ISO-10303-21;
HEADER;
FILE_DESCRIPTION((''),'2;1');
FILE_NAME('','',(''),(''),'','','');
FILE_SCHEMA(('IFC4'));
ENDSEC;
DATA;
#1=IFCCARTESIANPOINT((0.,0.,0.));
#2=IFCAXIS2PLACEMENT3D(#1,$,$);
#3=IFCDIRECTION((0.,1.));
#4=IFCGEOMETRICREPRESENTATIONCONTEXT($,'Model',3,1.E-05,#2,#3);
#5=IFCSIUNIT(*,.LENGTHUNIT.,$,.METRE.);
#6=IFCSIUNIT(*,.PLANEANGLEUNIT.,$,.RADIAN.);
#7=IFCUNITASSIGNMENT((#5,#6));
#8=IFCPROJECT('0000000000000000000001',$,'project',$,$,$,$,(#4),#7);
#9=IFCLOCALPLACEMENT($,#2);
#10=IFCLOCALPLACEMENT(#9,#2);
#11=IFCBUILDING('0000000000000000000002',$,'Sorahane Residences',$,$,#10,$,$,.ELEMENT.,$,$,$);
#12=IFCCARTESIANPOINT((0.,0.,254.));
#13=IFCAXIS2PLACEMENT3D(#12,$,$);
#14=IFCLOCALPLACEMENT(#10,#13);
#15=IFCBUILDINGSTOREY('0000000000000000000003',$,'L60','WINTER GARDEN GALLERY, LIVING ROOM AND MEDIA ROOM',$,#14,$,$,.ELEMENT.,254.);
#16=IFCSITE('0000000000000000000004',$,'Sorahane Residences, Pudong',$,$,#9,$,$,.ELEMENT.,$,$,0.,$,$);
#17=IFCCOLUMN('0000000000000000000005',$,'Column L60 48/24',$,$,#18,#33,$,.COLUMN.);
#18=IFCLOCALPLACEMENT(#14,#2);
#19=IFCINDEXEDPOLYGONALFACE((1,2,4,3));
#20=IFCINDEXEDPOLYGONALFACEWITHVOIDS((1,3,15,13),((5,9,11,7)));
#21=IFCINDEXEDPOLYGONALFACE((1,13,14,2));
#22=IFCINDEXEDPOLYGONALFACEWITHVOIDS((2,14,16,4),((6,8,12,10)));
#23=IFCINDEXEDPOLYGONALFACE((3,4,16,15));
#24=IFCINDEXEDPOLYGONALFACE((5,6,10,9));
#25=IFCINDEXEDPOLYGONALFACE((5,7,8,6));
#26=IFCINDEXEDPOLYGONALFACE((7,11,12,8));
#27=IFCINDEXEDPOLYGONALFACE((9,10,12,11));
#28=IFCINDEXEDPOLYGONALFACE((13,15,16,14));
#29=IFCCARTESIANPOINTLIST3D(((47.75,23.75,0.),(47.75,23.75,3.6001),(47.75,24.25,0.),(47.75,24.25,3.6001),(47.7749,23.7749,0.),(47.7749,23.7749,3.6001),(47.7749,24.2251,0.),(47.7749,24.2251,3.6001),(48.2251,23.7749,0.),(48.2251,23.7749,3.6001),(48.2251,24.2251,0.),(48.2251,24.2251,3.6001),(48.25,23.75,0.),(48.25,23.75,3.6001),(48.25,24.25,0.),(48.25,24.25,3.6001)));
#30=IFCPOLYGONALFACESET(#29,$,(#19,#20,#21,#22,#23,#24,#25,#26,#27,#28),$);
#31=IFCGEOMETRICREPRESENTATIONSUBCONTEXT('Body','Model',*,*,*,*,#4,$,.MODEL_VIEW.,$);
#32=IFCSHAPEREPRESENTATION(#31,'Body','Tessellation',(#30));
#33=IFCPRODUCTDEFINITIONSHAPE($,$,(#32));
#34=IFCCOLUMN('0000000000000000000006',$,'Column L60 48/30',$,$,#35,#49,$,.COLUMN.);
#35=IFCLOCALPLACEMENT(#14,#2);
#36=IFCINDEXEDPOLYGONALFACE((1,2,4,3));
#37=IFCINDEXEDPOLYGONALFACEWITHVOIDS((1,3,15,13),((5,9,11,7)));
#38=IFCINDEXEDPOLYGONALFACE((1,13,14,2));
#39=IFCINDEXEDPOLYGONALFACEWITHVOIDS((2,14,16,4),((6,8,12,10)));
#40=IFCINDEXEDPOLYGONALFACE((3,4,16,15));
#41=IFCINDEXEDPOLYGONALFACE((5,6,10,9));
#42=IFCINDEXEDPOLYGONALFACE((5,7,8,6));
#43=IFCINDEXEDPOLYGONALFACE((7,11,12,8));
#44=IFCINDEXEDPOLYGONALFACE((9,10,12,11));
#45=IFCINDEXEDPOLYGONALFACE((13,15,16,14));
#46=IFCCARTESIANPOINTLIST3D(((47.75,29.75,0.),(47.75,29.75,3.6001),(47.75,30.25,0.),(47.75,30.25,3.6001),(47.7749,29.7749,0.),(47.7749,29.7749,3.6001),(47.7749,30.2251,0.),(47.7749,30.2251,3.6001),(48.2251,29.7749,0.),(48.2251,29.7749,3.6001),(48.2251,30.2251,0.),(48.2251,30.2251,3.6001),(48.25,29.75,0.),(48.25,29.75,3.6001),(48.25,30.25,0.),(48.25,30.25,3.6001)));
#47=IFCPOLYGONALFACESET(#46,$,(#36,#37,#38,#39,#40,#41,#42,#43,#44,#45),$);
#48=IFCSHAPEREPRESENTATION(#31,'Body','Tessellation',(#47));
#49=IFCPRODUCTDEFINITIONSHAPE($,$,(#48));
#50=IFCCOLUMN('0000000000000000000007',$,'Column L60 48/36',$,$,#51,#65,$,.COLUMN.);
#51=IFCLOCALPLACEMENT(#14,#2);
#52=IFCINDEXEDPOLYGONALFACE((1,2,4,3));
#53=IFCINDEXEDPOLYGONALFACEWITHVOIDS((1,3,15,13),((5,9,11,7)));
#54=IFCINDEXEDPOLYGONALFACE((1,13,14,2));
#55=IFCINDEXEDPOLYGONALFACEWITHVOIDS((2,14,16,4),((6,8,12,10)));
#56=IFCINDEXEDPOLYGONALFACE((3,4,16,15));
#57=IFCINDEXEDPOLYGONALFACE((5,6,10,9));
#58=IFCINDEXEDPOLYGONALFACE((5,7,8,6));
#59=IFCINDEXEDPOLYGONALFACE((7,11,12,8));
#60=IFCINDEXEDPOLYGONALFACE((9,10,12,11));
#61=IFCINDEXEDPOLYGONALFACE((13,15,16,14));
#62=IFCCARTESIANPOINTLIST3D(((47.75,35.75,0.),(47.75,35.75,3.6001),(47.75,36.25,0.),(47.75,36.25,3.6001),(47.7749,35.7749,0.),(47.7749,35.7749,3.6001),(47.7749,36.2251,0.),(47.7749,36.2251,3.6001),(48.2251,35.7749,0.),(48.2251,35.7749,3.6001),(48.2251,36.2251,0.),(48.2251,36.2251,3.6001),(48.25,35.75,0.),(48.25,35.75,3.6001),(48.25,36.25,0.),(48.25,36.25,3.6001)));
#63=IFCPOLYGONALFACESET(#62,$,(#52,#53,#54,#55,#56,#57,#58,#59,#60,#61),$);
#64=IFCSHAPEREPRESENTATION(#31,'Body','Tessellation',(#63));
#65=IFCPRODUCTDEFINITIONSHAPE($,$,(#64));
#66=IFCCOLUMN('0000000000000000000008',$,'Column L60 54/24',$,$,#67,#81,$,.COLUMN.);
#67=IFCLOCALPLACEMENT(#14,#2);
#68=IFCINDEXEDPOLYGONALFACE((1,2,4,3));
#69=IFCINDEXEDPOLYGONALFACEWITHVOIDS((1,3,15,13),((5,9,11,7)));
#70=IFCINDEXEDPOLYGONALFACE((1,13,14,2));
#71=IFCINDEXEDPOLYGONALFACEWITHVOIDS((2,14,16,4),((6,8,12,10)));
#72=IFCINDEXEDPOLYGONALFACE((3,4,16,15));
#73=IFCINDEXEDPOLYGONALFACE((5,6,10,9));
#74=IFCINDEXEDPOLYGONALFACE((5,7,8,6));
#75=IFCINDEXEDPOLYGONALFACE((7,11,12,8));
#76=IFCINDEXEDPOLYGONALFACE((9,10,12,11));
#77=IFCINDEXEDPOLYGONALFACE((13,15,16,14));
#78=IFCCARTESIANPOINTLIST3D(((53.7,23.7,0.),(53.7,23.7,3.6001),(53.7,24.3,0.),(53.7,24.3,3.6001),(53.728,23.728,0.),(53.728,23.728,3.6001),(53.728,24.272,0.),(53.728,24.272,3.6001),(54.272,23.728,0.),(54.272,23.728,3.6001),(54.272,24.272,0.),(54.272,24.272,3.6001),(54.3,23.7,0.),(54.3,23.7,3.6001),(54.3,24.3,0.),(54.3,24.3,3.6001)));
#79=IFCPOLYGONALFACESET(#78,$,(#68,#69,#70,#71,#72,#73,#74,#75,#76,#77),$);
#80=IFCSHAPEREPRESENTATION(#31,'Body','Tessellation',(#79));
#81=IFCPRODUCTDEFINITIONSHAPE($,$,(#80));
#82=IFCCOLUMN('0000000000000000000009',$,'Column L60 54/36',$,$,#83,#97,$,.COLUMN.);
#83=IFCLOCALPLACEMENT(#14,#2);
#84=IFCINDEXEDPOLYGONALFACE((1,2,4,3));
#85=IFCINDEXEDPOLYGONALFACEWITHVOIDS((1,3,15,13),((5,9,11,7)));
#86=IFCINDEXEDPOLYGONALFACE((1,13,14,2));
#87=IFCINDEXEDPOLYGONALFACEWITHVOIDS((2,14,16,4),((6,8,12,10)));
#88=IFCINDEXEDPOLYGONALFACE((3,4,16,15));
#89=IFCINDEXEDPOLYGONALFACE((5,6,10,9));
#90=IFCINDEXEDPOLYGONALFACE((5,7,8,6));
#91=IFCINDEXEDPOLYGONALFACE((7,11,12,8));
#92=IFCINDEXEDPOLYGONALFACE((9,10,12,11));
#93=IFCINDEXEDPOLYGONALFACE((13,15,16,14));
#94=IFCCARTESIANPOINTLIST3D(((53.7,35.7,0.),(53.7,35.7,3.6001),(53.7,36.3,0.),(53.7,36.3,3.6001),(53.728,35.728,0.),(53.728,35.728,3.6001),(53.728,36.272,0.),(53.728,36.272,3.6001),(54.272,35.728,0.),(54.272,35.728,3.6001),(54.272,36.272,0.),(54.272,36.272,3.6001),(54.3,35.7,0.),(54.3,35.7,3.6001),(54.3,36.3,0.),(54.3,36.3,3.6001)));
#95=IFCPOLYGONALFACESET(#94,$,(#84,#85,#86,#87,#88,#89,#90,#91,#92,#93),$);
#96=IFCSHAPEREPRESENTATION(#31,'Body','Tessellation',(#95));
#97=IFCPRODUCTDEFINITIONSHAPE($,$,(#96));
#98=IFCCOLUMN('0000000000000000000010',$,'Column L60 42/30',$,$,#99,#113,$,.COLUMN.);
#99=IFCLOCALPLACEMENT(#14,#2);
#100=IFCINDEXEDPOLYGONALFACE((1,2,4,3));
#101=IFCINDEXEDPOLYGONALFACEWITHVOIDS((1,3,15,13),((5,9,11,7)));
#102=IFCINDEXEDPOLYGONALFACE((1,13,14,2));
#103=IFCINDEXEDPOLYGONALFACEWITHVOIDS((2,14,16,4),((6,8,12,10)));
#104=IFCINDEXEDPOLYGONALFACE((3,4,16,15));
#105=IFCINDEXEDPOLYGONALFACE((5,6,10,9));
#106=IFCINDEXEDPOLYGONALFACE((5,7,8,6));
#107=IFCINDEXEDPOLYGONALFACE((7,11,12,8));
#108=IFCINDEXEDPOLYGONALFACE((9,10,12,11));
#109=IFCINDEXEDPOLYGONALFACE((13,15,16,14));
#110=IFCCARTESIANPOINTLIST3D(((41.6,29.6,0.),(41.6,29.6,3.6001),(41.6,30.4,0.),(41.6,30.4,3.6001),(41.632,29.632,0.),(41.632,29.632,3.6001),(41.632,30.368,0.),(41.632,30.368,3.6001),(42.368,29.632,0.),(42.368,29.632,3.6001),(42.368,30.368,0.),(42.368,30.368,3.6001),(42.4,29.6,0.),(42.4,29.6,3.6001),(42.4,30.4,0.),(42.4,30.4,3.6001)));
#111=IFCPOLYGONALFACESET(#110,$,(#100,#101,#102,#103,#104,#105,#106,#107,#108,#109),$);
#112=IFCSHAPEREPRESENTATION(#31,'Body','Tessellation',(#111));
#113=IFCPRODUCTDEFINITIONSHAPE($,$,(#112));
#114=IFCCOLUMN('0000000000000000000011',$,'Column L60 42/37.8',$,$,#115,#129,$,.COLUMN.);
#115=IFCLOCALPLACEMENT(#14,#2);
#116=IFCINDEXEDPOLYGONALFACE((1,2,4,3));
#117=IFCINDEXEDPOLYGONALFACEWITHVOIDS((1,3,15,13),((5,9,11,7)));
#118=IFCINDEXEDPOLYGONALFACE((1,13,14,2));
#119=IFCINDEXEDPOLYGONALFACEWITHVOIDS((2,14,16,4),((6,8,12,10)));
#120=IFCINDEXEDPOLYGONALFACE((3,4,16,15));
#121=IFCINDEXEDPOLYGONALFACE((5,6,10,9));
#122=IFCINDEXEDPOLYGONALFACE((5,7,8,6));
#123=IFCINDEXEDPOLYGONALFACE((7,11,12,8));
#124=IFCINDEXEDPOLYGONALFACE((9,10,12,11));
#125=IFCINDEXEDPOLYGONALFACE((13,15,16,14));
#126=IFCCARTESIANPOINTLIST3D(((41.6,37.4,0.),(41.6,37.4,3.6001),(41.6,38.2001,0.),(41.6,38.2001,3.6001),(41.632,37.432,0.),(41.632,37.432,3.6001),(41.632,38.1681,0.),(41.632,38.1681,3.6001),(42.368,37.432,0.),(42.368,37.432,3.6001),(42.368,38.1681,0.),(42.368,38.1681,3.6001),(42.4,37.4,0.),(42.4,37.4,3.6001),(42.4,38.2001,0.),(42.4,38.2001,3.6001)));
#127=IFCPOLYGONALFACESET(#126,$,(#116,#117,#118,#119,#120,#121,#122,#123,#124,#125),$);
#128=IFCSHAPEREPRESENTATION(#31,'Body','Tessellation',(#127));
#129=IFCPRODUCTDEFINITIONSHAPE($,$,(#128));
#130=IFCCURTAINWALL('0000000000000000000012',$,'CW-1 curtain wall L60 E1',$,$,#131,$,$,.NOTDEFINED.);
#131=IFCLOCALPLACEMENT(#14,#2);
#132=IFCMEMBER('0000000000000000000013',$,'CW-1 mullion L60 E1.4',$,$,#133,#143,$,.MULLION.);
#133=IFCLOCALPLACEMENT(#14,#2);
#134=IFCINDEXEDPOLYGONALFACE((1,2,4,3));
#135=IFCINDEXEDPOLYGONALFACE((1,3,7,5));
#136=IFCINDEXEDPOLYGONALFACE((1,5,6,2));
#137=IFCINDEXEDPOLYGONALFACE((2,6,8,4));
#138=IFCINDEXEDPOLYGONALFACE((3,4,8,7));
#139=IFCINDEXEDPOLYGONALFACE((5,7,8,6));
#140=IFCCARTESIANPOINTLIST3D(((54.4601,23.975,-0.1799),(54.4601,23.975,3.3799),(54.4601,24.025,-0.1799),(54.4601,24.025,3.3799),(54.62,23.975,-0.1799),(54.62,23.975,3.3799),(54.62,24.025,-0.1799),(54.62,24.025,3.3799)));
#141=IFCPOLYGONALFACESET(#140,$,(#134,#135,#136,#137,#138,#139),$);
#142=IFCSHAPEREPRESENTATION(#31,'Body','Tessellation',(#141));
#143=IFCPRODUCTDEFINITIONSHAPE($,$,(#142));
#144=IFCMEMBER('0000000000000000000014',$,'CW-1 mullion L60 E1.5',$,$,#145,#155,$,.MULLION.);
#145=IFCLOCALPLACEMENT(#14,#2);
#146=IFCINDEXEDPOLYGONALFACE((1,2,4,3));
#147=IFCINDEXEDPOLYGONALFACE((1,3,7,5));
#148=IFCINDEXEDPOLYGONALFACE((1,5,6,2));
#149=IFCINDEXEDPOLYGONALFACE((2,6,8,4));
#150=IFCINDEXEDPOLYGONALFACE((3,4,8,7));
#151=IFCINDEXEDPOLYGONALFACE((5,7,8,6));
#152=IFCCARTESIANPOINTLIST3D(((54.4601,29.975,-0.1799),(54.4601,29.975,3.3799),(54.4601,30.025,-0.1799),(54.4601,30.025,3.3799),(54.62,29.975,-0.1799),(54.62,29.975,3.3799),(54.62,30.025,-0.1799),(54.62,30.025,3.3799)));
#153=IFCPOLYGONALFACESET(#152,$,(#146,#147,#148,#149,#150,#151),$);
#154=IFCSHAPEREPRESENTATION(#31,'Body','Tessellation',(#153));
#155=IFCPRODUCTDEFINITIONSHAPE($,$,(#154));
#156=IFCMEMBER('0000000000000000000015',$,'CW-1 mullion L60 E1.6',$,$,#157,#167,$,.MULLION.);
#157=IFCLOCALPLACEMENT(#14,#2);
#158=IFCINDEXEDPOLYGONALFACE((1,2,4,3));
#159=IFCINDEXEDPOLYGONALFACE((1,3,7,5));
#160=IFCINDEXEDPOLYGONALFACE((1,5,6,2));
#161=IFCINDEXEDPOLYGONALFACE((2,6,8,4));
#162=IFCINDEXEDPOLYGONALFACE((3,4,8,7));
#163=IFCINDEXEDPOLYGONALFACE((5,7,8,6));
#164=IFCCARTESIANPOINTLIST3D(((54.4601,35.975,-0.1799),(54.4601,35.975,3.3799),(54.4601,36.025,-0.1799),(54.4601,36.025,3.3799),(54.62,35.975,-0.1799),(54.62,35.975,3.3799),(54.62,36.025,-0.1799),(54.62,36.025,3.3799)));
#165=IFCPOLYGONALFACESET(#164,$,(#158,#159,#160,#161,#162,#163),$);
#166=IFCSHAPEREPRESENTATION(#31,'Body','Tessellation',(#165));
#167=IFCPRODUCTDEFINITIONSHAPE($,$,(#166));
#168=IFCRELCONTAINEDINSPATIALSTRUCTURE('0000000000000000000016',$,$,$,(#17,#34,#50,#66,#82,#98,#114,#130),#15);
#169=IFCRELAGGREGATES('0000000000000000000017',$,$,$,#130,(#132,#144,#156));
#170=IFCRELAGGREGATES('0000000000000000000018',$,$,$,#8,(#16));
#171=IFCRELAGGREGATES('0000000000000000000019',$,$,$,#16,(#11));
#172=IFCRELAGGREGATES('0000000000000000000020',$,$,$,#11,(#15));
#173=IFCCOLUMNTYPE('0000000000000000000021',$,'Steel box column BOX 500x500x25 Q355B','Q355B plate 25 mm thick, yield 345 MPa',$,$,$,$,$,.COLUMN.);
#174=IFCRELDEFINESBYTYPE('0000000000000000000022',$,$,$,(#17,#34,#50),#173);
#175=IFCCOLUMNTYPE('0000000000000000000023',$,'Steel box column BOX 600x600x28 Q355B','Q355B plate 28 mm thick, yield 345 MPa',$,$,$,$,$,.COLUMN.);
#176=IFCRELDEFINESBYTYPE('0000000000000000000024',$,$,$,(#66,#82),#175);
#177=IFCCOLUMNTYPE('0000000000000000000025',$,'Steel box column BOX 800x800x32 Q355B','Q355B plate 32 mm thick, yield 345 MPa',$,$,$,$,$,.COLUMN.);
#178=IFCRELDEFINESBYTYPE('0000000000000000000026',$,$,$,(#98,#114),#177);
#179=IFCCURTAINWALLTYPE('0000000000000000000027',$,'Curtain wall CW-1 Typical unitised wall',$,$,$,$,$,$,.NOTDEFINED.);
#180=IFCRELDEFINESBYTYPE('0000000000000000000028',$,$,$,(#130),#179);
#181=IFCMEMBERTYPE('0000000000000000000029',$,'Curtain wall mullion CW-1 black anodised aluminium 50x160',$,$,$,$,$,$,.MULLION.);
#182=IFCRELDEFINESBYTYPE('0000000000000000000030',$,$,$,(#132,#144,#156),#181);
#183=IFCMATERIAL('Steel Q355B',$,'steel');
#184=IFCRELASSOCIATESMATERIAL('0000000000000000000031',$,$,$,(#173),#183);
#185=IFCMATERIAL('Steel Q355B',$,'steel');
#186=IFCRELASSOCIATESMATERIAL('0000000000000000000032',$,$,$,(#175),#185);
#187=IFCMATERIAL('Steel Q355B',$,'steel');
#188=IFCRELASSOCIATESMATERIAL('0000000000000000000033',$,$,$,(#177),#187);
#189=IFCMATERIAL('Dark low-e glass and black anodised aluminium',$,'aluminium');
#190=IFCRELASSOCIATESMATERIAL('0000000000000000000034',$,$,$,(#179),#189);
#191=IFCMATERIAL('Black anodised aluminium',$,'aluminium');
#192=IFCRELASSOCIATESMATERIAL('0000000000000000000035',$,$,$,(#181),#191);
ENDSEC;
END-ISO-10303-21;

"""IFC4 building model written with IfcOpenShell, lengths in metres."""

from ifc_helpers import new_model, si_unit, direction, frame, origin, origin_2d, place, context, subcontext, project, spatial, rectangle, hollow_rectangle, extrude, material, material_profile, profile_set, type_object, element, aggregate, save


model = new_model("IFC4")

# Units and contexts
model_context = context("Model", 3, precision=1e-05, world=origin(), true_north=direction((0.0, 1.0)))
body_context = subcontext(model_context, "Body", "Model", "MODEL_VIEW")
ifc_project = project(units=[si_unit("LENGTHUNIT", "METRE"), si_unit("PLANEANGLEUNIT", "RADIAN")], contexts=[model_context])

# Site, building, storey
site_placement = place(None, origin())
site = spatial("IfcSite", under=ifc_project, at=site_placement, Name="Sorahane Residences, Pudong", CompositionType="ELEMENT", RefElevation=0.0)
building_placement = place(site_placement, origin())
building = spatial("IfcBuilding", under=site, at=building_placement, Name="Sorahane Residences", CompositionType="ELEMENT")
storey_placement = place(building_placement, frame((0.0, 0.0, 254.0)))
storey = spatial("IfcBuildingStorey", under=building, at=storey_placement, Name="L60", Description="WINTER GARDEN GALLERY, LIVING ROOM AND MEDIA ROOM", CompositionType="ELEMENT", Elevation=254.0)

# Columns
ifc_material_1 = material(Name="Steel Q355B", Category="steel")
ifc_material_profile_1 = material_profile(ifc_material_1, hollow_rectangle(XDim=0.5, YDim=0.5, WallThickness=0.0249, at=origin_2d()), Name="BOX 500x500x25")
ifc_profile_set_1 = profile_set([ifc_material_profile_1], Name="Steel Q355B")
column_type_1 = type_object("IfcColumnType", Name="Steel box column BOX 500x500x25 Q355B", Description="Q355B plate 25 mm thick, yield 345 MPa", PredefinedType="COLUMN", material=ifc_profile_set_1)
for number, where, z_axis, x_axis, name in (
    (1, (48.0, 24.0, 0.0), (0.0, 0.0, 1.0), (1.0, 0.0, 0.0), "Column L60 48/24"),
    (2, (48.0, 30.0, 0.0), (0.0, 0.0, 1.0), (1.0, 0.0, 0.0), "Column L60 48/30"),
    (3, (48.0, 36.0, 0.0), (0.0, 0.0, 1.0), (1.0, 0.0, 0.0), "Column L60 48/36"),
):
    element("IfcColumn", number, at=place(storey_placement, frame(where, z_axis=z_axis, x_axis=x_axis)), inside=storey, type_object=column_type_1, Name=name, PredefinedType="COLUMN", context=body_context, shape_type="SweptSolid", body=[
        extrude(hollow_rectangle(XDim=0.5, YDim=0.5, WallThickness=0.0249, at=origin_2d()), origin(), (0.0, 0.0, 1.0), 3.6001),
    ])
ifc_material_2 = material(Name="Steel Q355B", Category="steel")
ifc_material_profile_2 = material_profile(ifc_material_2, hollow_rectangle(XDim=0.6001, YDim=0.6001, WallThickness=0.0281, at=origin_2d()), Name="BOX 600x600x28")
ifc_profile_set_2 = profile_set([ifc_material_profile_2], Name="Steel Q355B")
column_type_2 = type_object("IfcColumnType", Name="Steel box column BOX 600x600x28 Q355B", Description="Q355B plate 28 mm thick, yield 345 MPa", PredefinedType="COLUMN", material=ifc_profile_set_2)
for number, where, z_axis, x_axis, name in (
    (4, (54.0, 24.0, 0.0), (0.0, 0.0, 1.0), (1.0, 0.0, 0.0), "Column L60 54/24"),
    (5, (54.0, 36.0, 0.0), (0.0, 0.0, 1.0), (1.0, 0.0, 0.0), "Column L60 54/36"),
):
    element("IfcColumn", number, at=place(storey_placement, frame(where, z_axis=z_axis, x_axis=x_axis)), inside=storey, type_object=column_type_2, Name=name, PredefinedType="COLUMN", context=body_context, shape_type="SweptSolid", body=[
        extrude(hollow_rectangle(XDim=0.6001, YDim=0.6001, WallThickness=0.0281, at=origin_2d()), origin(), (0.0, 0.0, 1.0), 3.6001),
    ])
ifc_material_3 = material(Name="Steel Q355B", Category="steel")
ifc_material_profile_3 = material_profile(ifc_material_3, hollow_rectangle(XDim=0.8, YDim=0.8, WallThickness=0.032, at=origin_2d()), Name="BOX 800x800x32")
ifc_profile_set_3 = profile_set([ifc_material_profile_3], Name="Steel Q355B")
column_type_3 = type_object("IfcColumnType", Name="Steel box column BOX 800x800x32 Q355B", Description="Q355B plate 32 mm thick, yield 345 MPa", PredefinedType="COLUMN", material=ifc_profile_set_3)
for number, where, z_axis, x_axis, name in (
    (6, (42.0, 30.0, 0.0), (0.0, 0.0, 1.0), (1.0, 0.0, 0.0), "Column L60 42/30"),
    (7, (42.0, 37.8, 0.0), (0.0, 0.0, 1.0), (1.0, 0.0, 0.0), "Column L60 42/37.8"),
):
    element("IfcColumn", number, at=place(storey_placement, frame(where, z_axis=z_axis, x_axis=x_axis)), inside=storey, type_object=column_type_3, Name=name, PredefinedType="COLUMN", context=body_context, shape_type="SweptSolid", body=[
        extrude(hollow_rectangle(XDim=0.8, YDim=0.8, WallThickness=0.032, at=origin_2d()), origin(), (0.0, 0.0, 1.0), 3.6001),
    ])

# Curtain wall, members
ifc_material_4 = material(Name="Dark low-e glass and black anodised aluminium", Category="aluminium")
curtain_wall_type = type_object("IfcCurtainWallType", Name="Curtain wall CW-1 Typical unitised wall", PredefinedType="NOTDEFINED", material=ifc_material_4)
curtain_wall_placement = place(storey_placement, origin())
curtain_wall = element("IfcCurtainWall", 8, at=curtain_wall_placement, inside=storey, type_object=curtain_wall_type, Name="CW-1 curtain wall L60 E1", PredefinedType="NOTDEFINED")
ifc_material_5 = material(Name="Black anodised aluminium", Category="aluminium")
ifc_material_profile_4 = material_profile(ifc_material_5, rectangle(XDim=0.1599, YDim=0.05, at=origin_2d()), Name="Curtain wall mullion CW-1 black anodised aluminium 50x160")
ifc_profile_set_4 = profile_set([ifc_material_profile_4], Name="Black anodised aluminium")
member_type = type_object("IfcMemberType", Name="Curtain wall mullion CW-1 black anodised aluminium 50x160", PredefinedType="MULLION", material=ifc_profile_set_4)
member_1_placement = place(storey_placement, frame((54.54, 24.0, -0.1799), z_axis=(0.0, 0.0, 1.0), x_axis=(1.0, 0.0, 0.0)))
member_1 = element("IfcMember", 9, at=member_1_placement, type_object=member_type, Name="CW-1 mullion L60 E1.4", PredefinedType="MULLION", context=body_context, shape_type="SweptSolid", body=[
    extrude(rectangle(XDim=0.1599, YDim=0.05, at=origin_2d()), origin(), (0.0, 0.0, 1.0), 3.5598),
])
member_2_placement = place(storey_placement, frame((54.54, 30.0, -0.1799), z_axis=(0.0, 0.0, 1.0), x_axis=(1.0, 0.0, 0.0)))
member_2 = element("IfcMember", 10, at=member_2_placement, type_object=member_type, Name="CW-1 mullion L60 E1.5", PredefinedType="MULLION", context=body_context, shape_type="SweptSolid", body=[
    extrude(rectangle(XDim=0.1599, YDim=0.05, at=origin_2d()), origin(), (0.0, 0.0, 1.0), 3.5598),
])
member_3_placement = place(storey_placement, frame((54.54, 36.0, -0.1799), z_axis=(0.0, 0.0, 1.0), x_axis=(1.0, 0.0, 0.0)))
member_3 = element("IfcMember", 11, at=member_3_placement, type_object=member_type, Name="CW-1 mullion L60 E1.6", PredefinedType="MULLION", context=body_context, shape_type="SweptSolid", body=[
    extrude(rectangle(XDim=0.1599, YDim=0.05, at=origin_2d()), origin(), (0.0, 0.0, 1.0), 3.5598),
])

aggregate(curtain_wall, [member_1, member_2, member_3])

save(model, "model.ifc")
